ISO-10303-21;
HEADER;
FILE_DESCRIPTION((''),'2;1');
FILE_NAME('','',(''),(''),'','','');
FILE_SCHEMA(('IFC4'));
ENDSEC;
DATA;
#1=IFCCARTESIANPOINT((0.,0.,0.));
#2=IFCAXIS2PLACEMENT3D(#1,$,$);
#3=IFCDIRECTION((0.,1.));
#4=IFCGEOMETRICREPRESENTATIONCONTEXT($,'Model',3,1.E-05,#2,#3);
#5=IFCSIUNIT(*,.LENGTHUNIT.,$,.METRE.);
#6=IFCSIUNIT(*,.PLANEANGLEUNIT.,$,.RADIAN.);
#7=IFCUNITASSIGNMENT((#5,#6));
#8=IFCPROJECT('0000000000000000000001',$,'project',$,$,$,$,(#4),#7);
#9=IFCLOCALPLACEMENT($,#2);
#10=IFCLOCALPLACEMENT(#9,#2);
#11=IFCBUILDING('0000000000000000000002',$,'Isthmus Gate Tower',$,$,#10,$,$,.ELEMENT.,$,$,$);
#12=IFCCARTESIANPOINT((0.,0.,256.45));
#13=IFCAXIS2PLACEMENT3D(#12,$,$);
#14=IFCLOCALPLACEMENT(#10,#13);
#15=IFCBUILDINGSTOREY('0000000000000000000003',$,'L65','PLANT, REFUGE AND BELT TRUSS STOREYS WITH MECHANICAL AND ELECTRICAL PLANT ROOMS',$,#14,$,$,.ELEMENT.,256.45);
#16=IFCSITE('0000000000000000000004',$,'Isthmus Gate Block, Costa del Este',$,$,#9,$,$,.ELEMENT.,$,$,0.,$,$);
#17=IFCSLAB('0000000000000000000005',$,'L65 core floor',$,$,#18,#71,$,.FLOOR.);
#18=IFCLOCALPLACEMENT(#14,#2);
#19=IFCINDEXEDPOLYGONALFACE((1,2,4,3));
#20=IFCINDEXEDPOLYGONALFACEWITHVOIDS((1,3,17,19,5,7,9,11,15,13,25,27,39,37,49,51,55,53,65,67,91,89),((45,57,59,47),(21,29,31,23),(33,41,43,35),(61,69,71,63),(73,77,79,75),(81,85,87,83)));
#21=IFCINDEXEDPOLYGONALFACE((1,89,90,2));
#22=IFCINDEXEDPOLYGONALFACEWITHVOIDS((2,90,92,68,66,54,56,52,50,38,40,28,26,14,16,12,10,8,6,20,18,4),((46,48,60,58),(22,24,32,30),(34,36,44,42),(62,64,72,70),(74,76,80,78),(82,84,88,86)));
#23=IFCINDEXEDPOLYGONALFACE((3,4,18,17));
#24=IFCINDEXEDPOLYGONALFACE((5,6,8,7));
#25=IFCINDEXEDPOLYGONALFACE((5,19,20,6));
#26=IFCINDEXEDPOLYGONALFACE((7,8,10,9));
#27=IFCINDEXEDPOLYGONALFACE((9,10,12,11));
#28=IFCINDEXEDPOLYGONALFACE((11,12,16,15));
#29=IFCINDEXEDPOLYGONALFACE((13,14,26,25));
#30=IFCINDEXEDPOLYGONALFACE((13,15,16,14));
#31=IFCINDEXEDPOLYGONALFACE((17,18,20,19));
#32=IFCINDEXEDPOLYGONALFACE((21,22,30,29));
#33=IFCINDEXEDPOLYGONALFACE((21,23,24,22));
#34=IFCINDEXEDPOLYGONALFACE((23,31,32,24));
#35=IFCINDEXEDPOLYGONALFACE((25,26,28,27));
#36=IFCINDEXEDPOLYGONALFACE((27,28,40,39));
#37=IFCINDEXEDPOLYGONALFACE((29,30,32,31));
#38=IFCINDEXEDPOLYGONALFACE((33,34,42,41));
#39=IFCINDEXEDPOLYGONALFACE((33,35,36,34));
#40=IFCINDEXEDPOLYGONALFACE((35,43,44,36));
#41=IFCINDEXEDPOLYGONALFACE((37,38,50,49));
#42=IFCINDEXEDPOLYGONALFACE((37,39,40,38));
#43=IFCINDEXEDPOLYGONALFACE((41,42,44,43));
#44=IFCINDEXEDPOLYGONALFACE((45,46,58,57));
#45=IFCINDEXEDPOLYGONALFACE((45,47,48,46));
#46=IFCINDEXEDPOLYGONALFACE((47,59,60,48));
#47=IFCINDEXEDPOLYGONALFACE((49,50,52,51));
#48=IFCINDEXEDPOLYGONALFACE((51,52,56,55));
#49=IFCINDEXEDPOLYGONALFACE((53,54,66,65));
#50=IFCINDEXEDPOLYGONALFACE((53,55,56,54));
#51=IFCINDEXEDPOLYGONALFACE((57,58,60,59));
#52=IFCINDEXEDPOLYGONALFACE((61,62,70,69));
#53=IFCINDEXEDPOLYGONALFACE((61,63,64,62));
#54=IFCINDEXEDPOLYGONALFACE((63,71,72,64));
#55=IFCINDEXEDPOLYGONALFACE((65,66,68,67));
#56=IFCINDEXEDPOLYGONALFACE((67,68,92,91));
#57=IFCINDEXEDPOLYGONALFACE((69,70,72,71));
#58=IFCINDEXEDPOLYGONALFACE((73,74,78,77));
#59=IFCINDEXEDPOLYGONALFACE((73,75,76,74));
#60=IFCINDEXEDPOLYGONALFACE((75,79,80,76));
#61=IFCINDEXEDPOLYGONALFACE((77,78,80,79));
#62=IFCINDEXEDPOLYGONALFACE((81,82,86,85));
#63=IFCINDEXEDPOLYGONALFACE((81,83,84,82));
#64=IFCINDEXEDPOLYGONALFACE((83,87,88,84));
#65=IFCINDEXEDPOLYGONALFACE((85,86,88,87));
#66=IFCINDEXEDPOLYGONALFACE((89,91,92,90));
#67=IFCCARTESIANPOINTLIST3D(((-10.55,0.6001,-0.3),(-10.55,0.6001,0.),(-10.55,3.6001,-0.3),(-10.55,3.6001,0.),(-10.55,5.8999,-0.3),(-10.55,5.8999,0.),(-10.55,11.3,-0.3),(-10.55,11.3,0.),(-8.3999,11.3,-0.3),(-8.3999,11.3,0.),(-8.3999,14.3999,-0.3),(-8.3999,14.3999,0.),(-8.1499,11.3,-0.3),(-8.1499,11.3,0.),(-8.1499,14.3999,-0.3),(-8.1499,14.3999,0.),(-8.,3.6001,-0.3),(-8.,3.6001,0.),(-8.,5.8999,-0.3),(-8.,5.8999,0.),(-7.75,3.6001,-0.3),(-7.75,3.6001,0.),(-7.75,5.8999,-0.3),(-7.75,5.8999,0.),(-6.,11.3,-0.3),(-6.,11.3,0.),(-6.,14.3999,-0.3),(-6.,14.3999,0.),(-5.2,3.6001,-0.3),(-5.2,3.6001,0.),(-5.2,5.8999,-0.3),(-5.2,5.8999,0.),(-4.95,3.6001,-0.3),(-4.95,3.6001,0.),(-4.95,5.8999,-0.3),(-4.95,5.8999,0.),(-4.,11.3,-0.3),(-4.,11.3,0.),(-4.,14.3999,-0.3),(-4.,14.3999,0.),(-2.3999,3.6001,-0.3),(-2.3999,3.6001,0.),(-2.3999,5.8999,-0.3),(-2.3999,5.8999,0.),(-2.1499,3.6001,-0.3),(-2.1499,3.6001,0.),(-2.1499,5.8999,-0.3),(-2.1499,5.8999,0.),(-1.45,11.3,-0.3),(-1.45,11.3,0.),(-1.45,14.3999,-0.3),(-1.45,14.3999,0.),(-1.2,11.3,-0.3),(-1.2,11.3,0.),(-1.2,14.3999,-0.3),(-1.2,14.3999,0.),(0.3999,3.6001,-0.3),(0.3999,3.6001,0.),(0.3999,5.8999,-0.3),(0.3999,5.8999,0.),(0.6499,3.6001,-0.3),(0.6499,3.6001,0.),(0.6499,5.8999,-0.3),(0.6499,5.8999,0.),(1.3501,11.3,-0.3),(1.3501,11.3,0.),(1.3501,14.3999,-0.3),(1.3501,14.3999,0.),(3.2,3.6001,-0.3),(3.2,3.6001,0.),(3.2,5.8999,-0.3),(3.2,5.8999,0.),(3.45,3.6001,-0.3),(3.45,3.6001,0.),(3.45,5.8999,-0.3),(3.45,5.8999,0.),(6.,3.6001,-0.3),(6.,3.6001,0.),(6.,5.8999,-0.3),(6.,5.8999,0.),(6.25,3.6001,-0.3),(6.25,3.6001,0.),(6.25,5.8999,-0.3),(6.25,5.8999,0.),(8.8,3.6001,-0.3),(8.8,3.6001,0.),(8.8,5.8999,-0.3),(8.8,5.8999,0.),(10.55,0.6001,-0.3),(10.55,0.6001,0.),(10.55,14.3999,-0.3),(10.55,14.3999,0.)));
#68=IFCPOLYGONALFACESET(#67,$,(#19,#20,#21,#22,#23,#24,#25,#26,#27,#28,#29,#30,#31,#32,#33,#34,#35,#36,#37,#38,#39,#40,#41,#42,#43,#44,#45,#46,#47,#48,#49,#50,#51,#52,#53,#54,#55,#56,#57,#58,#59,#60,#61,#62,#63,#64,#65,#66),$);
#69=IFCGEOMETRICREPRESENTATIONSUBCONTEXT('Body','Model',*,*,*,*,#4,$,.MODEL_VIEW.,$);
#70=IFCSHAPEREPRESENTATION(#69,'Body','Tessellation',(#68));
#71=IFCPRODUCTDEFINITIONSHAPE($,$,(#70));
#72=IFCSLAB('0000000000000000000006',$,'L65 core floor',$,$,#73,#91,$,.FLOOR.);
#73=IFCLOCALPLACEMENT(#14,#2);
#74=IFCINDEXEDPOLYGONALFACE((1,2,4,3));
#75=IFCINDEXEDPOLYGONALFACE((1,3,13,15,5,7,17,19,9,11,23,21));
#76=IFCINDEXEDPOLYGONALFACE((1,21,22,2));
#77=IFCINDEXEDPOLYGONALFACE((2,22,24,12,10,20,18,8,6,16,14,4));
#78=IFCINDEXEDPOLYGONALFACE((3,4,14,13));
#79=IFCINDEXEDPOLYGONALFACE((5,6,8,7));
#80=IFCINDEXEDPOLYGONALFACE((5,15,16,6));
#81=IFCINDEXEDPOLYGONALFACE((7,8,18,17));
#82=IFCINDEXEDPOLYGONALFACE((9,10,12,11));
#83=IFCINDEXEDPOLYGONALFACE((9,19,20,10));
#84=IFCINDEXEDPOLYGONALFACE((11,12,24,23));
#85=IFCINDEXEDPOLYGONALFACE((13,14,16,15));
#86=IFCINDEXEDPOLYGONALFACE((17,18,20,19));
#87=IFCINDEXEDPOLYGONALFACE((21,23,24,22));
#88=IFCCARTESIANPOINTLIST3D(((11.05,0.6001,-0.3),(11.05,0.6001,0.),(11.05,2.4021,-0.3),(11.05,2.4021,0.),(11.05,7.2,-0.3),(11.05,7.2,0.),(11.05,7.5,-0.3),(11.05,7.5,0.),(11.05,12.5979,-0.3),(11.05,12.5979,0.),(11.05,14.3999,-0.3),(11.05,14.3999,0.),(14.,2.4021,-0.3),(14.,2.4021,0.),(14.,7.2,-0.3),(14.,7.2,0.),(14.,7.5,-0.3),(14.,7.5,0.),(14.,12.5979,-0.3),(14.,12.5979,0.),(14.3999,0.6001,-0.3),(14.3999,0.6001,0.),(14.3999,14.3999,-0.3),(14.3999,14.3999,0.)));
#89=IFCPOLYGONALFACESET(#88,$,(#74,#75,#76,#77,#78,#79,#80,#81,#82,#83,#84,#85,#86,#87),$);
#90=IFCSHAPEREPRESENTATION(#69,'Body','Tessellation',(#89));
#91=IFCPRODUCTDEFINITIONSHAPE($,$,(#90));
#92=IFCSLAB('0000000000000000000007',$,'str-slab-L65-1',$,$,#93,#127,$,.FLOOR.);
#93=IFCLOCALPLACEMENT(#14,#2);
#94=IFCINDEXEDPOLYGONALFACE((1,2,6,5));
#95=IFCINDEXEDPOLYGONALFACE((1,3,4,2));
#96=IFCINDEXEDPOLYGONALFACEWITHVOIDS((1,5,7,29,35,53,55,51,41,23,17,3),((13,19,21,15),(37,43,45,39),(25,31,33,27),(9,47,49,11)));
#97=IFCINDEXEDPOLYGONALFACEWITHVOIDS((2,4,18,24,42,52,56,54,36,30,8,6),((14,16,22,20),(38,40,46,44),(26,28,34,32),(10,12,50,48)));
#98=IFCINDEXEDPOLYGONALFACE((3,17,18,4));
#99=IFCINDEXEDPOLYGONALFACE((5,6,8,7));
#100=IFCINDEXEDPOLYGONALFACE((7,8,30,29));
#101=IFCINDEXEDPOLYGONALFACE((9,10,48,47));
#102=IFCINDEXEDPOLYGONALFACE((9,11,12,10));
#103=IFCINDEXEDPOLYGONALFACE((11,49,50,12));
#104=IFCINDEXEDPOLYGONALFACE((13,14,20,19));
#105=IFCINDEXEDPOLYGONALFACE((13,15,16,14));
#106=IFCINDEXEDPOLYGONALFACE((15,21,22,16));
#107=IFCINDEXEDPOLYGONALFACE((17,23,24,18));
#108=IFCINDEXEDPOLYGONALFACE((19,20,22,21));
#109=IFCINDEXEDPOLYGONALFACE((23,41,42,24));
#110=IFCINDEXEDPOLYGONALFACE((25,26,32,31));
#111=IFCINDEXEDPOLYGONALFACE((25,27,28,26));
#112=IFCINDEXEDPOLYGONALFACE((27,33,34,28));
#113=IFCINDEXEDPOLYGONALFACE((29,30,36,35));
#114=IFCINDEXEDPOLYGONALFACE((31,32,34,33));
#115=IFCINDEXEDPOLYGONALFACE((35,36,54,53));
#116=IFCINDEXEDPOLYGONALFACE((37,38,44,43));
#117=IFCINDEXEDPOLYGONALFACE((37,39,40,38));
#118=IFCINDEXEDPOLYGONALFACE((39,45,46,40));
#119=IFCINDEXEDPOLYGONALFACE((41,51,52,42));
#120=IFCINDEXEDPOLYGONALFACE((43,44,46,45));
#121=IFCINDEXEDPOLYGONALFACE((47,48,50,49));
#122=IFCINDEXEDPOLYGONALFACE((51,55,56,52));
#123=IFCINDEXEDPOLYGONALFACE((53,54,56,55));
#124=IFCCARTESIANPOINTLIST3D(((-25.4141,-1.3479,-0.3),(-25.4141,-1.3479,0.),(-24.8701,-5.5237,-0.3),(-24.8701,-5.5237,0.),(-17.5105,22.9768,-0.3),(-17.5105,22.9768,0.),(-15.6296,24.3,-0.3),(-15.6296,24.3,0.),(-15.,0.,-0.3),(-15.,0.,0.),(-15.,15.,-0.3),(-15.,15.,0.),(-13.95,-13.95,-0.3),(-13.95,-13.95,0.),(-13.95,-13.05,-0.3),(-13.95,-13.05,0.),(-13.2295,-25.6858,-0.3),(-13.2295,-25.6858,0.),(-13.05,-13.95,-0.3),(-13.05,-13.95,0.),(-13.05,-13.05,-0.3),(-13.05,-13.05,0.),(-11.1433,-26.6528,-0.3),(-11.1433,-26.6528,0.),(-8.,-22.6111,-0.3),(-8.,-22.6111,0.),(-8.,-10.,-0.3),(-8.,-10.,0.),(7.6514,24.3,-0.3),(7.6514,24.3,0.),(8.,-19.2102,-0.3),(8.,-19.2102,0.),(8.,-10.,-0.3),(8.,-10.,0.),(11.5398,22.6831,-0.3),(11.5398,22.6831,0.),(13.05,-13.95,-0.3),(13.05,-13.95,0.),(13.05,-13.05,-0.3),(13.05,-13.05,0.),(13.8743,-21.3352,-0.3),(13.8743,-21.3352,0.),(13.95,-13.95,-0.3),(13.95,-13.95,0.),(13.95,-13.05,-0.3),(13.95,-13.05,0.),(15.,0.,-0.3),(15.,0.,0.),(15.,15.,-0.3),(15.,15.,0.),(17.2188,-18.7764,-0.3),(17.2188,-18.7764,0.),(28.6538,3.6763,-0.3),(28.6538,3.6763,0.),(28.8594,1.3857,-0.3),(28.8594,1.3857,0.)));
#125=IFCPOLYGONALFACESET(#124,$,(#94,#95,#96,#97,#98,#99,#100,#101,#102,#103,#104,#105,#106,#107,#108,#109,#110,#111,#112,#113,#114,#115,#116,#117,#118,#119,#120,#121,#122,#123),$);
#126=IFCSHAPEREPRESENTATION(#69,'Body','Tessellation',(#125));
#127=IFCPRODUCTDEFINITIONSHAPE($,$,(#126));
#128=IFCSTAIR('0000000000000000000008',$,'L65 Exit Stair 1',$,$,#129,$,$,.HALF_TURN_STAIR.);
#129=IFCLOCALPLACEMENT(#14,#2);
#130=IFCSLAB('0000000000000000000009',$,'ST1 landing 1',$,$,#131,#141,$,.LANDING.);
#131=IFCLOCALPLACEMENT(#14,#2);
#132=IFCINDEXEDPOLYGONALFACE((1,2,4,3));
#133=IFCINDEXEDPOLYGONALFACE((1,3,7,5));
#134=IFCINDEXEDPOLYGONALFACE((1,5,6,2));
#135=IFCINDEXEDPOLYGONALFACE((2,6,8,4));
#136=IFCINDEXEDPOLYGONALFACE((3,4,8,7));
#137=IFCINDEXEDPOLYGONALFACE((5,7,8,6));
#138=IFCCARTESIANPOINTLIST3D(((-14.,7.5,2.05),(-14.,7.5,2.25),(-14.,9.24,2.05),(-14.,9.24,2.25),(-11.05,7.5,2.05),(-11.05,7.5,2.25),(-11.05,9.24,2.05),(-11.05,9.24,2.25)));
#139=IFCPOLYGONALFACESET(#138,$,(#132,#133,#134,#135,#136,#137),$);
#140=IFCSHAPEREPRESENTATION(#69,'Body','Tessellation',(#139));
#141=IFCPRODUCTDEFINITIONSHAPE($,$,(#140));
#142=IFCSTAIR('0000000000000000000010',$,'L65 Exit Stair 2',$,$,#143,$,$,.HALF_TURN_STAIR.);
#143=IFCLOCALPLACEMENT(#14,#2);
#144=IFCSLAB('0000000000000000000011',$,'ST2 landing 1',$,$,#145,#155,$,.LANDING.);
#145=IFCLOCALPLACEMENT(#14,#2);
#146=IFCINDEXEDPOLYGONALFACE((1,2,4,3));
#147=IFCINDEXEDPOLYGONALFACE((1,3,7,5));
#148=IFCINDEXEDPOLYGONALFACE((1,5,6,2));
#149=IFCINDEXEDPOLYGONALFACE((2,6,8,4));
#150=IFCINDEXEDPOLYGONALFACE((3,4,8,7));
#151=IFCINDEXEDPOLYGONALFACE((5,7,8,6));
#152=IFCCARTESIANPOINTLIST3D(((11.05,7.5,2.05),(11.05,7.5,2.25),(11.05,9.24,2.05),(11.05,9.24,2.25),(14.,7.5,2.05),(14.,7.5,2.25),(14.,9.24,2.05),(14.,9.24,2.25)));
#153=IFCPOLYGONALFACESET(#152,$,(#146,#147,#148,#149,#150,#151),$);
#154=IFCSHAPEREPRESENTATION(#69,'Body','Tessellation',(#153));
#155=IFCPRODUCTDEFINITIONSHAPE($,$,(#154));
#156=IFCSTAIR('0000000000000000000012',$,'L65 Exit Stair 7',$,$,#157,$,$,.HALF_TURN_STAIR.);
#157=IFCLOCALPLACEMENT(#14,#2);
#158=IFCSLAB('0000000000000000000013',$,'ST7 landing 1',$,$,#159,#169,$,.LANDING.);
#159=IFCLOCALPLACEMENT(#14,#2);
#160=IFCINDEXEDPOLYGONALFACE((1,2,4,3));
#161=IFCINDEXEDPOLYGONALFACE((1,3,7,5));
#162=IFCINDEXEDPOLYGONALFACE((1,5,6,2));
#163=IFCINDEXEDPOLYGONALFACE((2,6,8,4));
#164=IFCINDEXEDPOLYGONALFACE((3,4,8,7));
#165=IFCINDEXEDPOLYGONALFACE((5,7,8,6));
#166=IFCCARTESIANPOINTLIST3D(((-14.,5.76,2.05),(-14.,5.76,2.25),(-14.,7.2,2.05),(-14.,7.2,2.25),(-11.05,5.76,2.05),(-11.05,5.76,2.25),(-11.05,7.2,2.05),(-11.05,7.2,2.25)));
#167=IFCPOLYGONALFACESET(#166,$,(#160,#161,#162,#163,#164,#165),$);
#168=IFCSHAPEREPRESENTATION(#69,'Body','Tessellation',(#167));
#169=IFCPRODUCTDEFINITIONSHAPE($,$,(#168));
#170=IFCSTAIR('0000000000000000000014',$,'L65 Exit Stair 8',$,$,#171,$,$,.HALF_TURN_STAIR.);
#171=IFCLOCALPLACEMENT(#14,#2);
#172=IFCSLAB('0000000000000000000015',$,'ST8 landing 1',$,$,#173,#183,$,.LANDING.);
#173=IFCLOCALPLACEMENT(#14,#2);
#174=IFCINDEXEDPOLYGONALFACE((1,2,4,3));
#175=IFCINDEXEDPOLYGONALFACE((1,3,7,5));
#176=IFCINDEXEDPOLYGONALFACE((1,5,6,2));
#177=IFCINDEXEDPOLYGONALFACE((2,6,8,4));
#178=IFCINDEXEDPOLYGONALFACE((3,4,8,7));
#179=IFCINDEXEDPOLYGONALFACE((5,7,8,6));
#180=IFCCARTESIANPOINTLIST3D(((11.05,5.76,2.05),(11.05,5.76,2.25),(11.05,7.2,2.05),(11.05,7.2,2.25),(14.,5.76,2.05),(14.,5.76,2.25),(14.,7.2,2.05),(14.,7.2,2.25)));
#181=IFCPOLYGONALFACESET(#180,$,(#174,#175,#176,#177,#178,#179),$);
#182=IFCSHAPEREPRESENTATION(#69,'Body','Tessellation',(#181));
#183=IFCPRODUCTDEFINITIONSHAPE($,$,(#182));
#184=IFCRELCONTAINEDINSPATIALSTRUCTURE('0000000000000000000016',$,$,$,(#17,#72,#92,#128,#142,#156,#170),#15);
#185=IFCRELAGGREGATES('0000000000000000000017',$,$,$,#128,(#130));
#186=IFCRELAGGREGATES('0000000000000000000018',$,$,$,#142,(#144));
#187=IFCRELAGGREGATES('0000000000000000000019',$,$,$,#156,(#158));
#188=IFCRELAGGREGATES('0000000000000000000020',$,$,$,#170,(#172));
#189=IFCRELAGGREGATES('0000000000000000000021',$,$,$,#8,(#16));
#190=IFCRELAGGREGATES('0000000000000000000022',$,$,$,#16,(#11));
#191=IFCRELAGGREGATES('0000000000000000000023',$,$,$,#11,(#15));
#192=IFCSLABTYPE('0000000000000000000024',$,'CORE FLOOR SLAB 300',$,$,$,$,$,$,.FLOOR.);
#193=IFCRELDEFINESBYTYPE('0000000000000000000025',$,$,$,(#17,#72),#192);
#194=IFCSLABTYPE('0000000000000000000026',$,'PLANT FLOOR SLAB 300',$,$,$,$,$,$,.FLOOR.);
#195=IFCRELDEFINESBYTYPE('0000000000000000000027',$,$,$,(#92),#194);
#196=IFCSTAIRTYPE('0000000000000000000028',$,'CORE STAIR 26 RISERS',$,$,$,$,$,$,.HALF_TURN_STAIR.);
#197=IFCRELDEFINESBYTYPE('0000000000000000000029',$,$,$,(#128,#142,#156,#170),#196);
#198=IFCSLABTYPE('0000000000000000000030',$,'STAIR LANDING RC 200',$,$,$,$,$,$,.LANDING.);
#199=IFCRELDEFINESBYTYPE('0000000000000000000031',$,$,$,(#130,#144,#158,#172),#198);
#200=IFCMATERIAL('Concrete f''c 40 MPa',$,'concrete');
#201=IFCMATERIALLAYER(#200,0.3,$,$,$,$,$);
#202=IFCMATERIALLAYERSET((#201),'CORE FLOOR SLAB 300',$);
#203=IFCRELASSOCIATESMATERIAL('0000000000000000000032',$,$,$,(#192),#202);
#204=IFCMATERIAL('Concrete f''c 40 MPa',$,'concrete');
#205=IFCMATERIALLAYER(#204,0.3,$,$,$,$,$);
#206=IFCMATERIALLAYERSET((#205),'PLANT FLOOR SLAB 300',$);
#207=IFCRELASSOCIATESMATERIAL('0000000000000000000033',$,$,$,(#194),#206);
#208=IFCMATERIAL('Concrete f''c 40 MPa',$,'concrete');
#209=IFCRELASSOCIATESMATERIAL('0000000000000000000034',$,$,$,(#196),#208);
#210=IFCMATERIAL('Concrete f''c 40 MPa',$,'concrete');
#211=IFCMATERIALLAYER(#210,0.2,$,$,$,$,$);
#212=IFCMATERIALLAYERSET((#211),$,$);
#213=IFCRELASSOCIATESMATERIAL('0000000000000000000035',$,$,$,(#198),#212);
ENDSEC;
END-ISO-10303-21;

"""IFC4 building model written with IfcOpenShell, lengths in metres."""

from ifc_helpers import new_model, si_unit, direction, frame, origin, place, context, subcontext, project, spatial, polyline, outline, extrude, material, layer, layer_set, type_object, element, aggregate, save


model = new_model("IFC4")

# Units and contexts
model_context = context("Model", 3, precision=1e-05, world=origin(), true_north=direction((0.0, 1.0)))
body_context = subcontext(model_context, "Body", "Model", "MODEL_VIEW")
ifc_project = project(units=[si_unit("LENGTHUNIT", "METRE"), si_unit("PLANEANGLEUNIT", "RADIAN")], contexts=[model_context])

# Site, building, storey
site_placement = place(None, origin())
site = spatial("IfcSite", under=ifc_project, at=site_placement, Name="Isthmus Gate Block, Costa del Este", CompositionType="ELEMENT", RefElevation=0.0)
building_placement = place(site_placement, origin())
building = spatial("IfcBuilding", under=site, at=building_placement, Name="Isthmus Gate Tower", CompositionType="ELEMENT")
storey_placement = place(building_placement, frame((0.0, 0.0, 256.45)))
storey = spatial("IfcBuildingStorey", under=building, at=storey_placement, Name="L65", Description="PLANT, REFUGE AND BELT TRUSS STOREYS WITH MECHANICAL AND ELECTRICAL PLANT ROOMS", CompositionType="ELEMENT", Elevation=256.45)

# Slabs
ifc_material_1 = material(Name="Concrete f'c 40 MPa", Category="concrete")
ifc_layer_1 = layer(ifc_material_1, 0.3)
ifc_layer_set_1 = layer_set([ifc_layer_1], Name="CORE FLOOR SLAB 300")
slab_type_1 = type_object("IfcSlabType", Name="CORE FLOOR SLAB 300", PredefinedType="FLOOR", material=ifc_layer_set_1)
slab_1_placement = place(storey_placement, frame((0.0, 0.0, -0.3)))
element("IfcSlab", 1, at=slab_1_placement, inside=storey, type_object=slab_type_1, Name="L65 core floor", PredefinedType="FLOOR", context=body_context, shape_type="SweptSolid", body=[
    extrude(outline(polyline([(10.55, 14.3999), (1.3501, 14.3999), (1.3501, 11.3), (-1.2, 11.3), (-1.2, 14.3999), (-1.45, 14.3999), (-1.45, 11.3), (-4.0, 11.3), (-4.0, 14.3999), (-6.0, 14.3999), (-6.0, 11.3), (-8.1499, 11.3), (-8.1499, 14.3999), (-8.3999, 14.3999), (-8.3999, 11.3), (-10.55, 11.3), (-10.55, 5.8999), (-8.0, 5.8999), (-8.0, 3.6001), (-10.55, 3.6001), (-10.55, 0.6001), (10.55, 0.6001), (10.55, 14.3999)]), holes=[polyline([(-5.2, 5.8999), (-5.2, 3.6001), (-7.75, 3.6001), (-7.75, 5.8999), (-5.2, 5.8999)]), polyline([(-2.3999, 5.8999), (-2.3999, 3.6001), (-4.95, 3.6001), (-4.95, 5.8999), (-2.3999, 5.8999)]), polyline([(0.3999, 5.8999), (0.3999, 3.6001), (-2.1499, 3.6001), (-2.1499, 5.8999), (0.3999, 5.8999)]), polyline([(3.2, 5.8999), (3.2, 3.6001), (0.6499, 3.6001), (0.6499, 5.8999), (3.2, 5.8999)]), polyline([(6.0, 5.8999), (6.0, 3.6001), (3.45, 3.6001), (3.45, 5.8999), (6.0, 5.8999)]), polyline([(8.8, 5.8999), (8.8, 3.6001), (6.25, 3.6001), (6.25, 5.8999), (8.8, 5.8999)])]), origin(), (0.0, 0.0, 1.0), 0.3),
])
slab_2_placement = place(storey_placement, frame((0.0, 0.0, -0.3)))
element("IfcSlab", 2, at=slab_2_placement, inside=storey, type_object=slab_type_1, Name="L65 core floor", PredefinedType="FLOOR", context=body_context, shape_type="SweptSolid", body=[
    extrude(outline(polyline([(11.05, 14.3999), (11.05, 12.5979), (14.0, 12.5979), (14.0, 7.5), (11.05, 7.5), (11.05, 7.2), (14.0, 7.2), (14.0, 2.4021), (11.05, 2.4021), (11.05, 0.6001), (14.3999, 0.6001), (14.3999, 14.3999), (11.05, 14.3999)])), origin(), (0.0, 0.0, 1.0), 0.3),
])
ifc_material_2 = material(Name="Concrete f'c 40 MPa", Category="concrete")
ifc_layer_2 = layer(ifc_material_2, 0.3)
ifc_layer_set_2 = layer_set([ifc_layer_2], Name="PLANT FLOOR SLAB 300")
slab_type_2 = type_object("IfcSlabType", Name="PLANT FLOOR SLAB 300", PredefinedType="FLOOR", material=ifc_layer_set_2)
slab_3_placement = place(storey_placement, frame((0.0, 0.0, -0.3)))
element("IfcSlab", 3, at=slab_3_placement, inside=storey, type_object=slab_type_2, Name="str-slab-L65-1", PredefinedType="FLOOR", context=body_context, shape_type="SweptSolid", body=[
    extrude(outline(polyline([(11.5398, 22.6831), (28.6538, 3.6763), (28.8594, 1.3857), (17.2188, -18.7764), (13.8743, -21.3352), (-11.1433, -26.6528), (-13.2295, -25.6858), (-24.8701, -5.5237), (-25.4141, -1.3479), (-17.5105, 22.9768), (-15.6296, 24.3), (7.6514, 24.3), (11.5398, 22.6831)]), holes=[polyline([(-8.0, -10.0), (-8.0, -22.6111), (8.0, -19.2102), (8.0, -10.0), (-8.0, -10.0)]), polyline([(-13.95, -13.05), (-13.95, -13.95), (-13.05, -13.95), (-13.05, -13.05), (-13.95, -13.05)]), polyline([(13.05, -13.05), (13.05, -13.95), (13.95, -13.95), (13.95, -13.05), (13.05, -13.05)]), polyline([(-15.0, 0.0), (15.0, 0.0), (15.0, 15.0), (-15.0, 15.0), (-15.0, 0.0)])]), origin(), (0.0, 0.0, 1.0), 0.3),
])

# Stairs, slabs
ifc_material_3 = material(Name="Concrete f'c 40 MPa", Category="concrete")
stair_type = type_object("IfcStairType", Name="CORE STAIR 26 RISERS", PredefinedType="HALF_TURN_STAIR", material=ifc_material_3)
stair_1_placement = place(storey_placement, origin())
stair_1 = element("IfcStair", 4, at=stair_1_placement, inside=storey, type_object=stair_type, Name="L65 Exit Stair 1", PredefinedType="HALF_TURN_STAIR")
ifc_material_4 = material(Name="Concrete f'c 40 MPa", Category="concrete")
ifc_layer_3 = layer(ifc_material_4, 0.2)
ifc_layer_set_3 = layer_set([ifc_layer_3])
slab_type_3 = type_object("IfcSlabType", Name="STAIR LANDING RC 200", PredefinedType="LANDING", material=ifc_layer_set_3)
slab_4_placement = place(storey_placement, frame((0.0, 0.0, 2.05)))
slab_4 = element("IfcSlab", 5, at=slab_4_placement, type_object=slab_type_3, Name="ST1 landing 1", PredefinedType="LANDING", context=body_context, shape_type="SweptSolid", body=[
    extrude(outline(polyline([(-14.0, 9.24), (-14.0, 7.5), (-11.05, 7.5), (-11.05, 9.24), (-14.0, 9.24)])), origin(), (0.0, 0.0, 1.0), 0.2),
])
aggregate(stair_1, [slab_4])
stair_2_placement = place(storey_placement, origin())
stair_2 = element("IfcStair", 6, at=stair_2_placement, inside=storey, type_object=stair_type, Name="L65 Exit Stair 2", PredefinedType="HALF_TURN_STAIR")
slab_5_placement = place(storey_placement, frame((0.0, 0.0, 2.05)))
slab_5 = element("IfcSlab", 7, at=slab_5_placement, type_object=slab_type_3, Name="ST2 landing 1", PredefinedType="LANDING", context=body_context, shape_type="SweptSolid", body=[
    extrude(outline(polyline([(11.05, 9.24), (11.05, 7.5), (14.0, 7.5), (14.0, 9.24), (11.05, 9.24)])), origin(), (0.0, 0.0, 1.0), 0.2),
])
aggregate(stair_2, [slab_5])
stair_3_placement = place(storey_placement, origin())
stair_3 = element("IfcStair", 8, at=stair_3_placement, inside=storey, type_object=stair_type, Name="L65 Exit Stair 7", PredefinedType="HALF_TURN_STAIR")
slab_6_placement = place(storey_placement, frame((0.0, 0.0, 2.05)))
slab_6 = element("IfcSlab", 9, at=slab_6_placement, type_object=slab_type_3, Name="ST7 landing 1", PredefinedType="LANDING", context=body_context, shape_type="SweptSolid", body=[
    extrude(outline(polyline([(-11.05, 5.76), (-11.05, 7.2), (-14.0, 7.2), (-14.0, 5.76), (-11.05, 5.76)])), origin(), (0.0, 0.0, 1.0), 0.2),
])
aggregate(stair_3, [slab_6])
stair_4_placement = place(storey_placement, origin())
stair_4 = element("IfcStair", 10, at=stair_4_placement, inside=storey, type_object=stair_type, Name="L65 Exit Stair 8", PredefinedType="HALF_TURN_STAIR")
slab_7_placement = place(storey_placement, frame((0.0, 0.0, 2.05)))
slab_7 = element("IfcSlab", 11, at=slab_7_placement, type_object=slab_type_3, Name="ST8 landing 1", PredefinedType="LANDING", context=body_context, shape_type="SweptSolid", body=[
    extrude(outline(polyline([(14.0, 5.76), (14.0, 7.2), (11.05, 7.2), (11.05, 5.76), (14.0, 5.76)])), origin(), (0.0, 0.0, 1.0), 0.2),
])
aggregate(stair_4, [slab_7])

save(model, "model.ifc")
